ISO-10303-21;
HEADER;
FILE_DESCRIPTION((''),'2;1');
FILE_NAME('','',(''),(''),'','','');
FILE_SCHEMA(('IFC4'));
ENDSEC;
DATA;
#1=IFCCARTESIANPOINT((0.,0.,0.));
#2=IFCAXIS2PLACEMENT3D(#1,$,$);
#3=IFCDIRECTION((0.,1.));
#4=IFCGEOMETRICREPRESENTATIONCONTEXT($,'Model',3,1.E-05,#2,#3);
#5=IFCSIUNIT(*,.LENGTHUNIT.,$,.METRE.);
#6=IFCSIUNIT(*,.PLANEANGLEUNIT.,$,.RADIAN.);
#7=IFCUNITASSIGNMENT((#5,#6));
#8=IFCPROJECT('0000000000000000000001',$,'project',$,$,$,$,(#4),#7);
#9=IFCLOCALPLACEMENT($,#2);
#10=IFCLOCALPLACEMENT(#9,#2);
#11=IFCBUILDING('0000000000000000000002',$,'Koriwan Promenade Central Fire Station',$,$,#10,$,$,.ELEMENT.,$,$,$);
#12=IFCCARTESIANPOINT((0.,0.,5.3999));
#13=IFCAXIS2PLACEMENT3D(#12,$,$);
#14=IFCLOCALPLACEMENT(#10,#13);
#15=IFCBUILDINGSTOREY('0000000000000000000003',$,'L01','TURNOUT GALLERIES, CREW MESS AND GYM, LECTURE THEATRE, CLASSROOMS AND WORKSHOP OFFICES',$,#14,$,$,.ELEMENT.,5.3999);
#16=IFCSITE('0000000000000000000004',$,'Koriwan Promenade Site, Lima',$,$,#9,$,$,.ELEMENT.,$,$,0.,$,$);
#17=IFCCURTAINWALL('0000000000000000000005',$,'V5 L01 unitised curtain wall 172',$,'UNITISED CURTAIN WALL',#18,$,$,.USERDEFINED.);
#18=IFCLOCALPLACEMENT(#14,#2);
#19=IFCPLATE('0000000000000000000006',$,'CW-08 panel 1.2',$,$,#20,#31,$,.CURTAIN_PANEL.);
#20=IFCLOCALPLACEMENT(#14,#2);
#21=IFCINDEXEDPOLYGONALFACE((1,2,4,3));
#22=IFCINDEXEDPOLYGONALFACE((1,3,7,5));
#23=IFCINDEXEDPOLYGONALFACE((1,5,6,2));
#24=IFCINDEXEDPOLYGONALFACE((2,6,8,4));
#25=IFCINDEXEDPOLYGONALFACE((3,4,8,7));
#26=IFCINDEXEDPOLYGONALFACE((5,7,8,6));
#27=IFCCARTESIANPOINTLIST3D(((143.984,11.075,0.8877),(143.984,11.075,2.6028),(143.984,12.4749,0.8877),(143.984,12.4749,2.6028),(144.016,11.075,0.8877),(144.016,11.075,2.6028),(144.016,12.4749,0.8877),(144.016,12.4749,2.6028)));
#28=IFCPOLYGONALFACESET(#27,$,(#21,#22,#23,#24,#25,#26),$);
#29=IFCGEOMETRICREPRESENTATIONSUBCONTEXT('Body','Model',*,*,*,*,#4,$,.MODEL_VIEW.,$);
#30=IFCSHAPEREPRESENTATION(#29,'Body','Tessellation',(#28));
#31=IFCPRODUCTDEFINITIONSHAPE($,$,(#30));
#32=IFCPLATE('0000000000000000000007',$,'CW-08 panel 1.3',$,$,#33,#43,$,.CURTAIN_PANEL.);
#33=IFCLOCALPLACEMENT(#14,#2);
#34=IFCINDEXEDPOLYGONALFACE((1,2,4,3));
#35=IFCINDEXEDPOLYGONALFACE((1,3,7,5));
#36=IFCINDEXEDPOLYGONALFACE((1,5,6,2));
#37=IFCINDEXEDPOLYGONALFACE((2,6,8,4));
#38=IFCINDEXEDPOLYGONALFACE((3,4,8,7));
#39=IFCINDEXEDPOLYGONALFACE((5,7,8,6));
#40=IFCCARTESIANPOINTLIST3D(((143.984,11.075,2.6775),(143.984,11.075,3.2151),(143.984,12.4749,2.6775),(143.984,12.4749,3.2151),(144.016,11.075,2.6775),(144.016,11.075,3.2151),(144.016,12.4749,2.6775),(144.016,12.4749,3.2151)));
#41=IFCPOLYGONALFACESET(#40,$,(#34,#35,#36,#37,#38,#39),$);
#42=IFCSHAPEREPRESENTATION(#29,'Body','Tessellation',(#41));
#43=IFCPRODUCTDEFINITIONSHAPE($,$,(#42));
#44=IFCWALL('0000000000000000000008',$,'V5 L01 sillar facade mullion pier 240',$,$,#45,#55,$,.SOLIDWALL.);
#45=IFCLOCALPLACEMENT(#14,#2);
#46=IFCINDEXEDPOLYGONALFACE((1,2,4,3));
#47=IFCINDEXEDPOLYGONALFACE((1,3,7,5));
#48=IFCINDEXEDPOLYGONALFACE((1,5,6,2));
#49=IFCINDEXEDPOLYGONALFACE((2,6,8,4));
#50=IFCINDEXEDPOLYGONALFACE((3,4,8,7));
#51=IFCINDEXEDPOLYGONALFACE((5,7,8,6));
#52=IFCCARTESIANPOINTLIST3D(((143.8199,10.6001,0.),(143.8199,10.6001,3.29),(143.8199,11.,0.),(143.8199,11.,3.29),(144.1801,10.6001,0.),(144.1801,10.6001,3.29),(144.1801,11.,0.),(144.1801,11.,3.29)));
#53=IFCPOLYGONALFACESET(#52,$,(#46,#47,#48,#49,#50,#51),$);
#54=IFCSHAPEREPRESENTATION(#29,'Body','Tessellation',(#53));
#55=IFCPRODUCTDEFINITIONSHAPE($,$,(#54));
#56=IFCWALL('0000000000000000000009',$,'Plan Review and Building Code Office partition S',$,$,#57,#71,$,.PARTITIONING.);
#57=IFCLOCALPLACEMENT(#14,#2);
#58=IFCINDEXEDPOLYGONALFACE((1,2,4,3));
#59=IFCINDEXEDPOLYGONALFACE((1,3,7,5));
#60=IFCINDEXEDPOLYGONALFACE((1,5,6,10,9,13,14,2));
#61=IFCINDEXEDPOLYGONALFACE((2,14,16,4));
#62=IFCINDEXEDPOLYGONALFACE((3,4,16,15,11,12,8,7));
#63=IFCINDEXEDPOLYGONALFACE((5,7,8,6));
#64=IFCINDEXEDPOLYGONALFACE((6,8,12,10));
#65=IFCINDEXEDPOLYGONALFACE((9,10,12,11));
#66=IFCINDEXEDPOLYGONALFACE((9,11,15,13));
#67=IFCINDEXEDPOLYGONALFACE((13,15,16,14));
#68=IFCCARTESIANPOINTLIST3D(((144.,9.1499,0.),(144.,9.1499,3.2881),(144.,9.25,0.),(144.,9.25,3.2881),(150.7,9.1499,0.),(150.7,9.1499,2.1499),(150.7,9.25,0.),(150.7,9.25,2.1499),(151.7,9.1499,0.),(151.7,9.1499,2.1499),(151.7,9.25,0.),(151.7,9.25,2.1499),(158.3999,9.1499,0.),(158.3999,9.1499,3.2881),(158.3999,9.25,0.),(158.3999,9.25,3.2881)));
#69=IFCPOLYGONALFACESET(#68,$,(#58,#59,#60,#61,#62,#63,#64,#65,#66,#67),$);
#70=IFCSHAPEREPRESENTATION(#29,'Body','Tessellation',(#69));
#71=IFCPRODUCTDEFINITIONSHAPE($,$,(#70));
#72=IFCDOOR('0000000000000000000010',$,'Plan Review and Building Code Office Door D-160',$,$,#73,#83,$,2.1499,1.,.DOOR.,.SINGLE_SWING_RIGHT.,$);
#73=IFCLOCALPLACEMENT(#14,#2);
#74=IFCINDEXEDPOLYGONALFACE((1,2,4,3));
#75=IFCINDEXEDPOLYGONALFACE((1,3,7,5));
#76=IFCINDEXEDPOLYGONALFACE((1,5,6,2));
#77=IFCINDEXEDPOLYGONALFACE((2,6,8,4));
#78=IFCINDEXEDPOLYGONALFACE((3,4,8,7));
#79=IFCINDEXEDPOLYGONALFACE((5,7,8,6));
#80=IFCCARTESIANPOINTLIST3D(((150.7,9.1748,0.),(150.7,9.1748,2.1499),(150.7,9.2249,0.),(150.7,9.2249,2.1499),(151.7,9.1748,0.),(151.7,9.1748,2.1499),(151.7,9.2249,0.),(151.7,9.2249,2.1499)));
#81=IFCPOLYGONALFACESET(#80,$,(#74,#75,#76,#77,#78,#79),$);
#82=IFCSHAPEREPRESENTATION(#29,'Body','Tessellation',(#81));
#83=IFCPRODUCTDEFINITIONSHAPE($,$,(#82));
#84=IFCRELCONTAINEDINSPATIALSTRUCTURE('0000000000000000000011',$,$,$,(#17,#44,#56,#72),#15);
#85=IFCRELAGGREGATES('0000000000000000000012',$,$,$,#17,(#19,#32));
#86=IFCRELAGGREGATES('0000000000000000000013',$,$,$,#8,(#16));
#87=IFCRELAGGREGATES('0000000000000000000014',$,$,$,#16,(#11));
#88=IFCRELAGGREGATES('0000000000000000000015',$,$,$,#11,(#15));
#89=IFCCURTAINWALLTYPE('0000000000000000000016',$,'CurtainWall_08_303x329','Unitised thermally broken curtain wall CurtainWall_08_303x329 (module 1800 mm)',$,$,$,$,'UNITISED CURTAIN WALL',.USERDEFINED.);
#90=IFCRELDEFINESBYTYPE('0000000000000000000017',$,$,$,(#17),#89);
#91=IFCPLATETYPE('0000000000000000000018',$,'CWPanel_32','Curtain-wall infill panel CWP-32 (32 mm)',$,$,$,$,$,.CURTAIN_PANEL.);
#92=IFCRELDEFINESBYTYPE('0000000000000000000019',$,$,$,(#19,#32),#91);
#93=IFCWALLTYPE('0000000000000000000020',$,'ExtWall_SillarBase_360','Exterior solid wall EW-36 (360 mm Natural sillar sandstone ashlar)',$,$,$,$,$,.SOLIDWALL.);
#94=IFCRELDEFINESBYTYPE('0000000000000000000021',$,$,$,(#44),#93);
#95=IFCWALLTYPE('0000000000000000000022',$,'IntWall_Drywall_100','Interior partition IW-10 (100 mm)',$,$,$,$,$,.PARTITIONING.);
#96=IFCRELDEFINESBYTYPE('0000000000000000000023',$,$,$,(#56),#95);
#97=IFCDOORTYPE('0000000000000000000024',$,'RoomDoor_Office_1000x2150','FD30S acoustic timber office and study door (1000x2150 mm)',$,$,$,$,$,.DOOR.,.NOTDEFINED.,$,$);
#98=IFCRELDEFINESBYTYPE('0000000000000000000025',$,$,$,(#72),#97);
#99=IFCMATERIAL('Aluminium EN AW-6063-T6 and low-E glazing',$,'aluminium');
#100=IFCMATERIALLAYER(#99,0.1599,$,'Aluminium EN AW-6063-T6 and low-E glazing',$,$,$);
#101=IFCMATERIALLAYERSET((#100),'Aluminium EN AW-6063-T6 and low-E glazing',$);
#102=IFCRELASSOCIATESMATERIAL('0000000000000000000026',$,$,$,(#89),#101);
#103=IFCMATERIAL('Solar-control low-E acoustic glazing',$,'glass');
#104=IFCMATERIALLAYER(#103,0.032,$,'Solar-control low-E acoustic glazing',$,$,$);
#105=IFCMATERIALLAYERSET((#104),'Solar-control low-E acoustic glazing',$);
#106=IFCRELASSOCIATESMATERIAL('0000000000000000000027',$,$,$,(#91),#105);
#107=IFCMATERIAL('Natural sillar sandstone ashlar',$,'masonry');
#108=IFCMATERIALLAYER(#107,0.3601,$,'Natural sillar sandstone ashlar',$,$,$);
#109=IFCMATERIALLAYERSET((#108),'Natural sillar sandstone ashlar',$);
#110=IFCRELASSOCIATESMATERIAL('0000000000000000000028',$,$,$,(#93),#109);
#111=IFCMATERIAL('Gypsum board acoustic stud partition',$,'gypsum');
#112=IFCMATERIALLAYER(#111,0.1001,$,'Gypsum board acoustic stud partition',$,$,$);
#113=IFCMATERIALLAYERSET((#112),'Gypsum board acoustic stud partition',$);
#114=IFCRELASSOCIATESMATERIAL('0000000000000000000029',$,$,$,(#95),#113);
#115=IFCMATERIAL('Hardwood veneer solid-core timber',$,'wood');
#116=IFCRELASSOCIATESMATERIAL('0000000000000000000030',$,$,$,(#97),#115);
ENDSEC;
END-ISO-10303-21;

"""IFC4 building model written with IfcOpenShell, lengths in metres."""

from ifc_helpers import new_model, si_unit, direction, frame, frame_2d, origin, origin_2d, place, context, subcontext, project, spatial, rectangle, extrude, material, layer, layer_set, type_object, element, fill, aggregate, save


model = new_model("IFC4")

# Units and contexts
model_context = context("Model", 3, precision=1e-05, world=origin(), true_north=direction((0.0, 1.0)))
body_context = subcontext(model_context, "Body", "Model", "MODEL_VIEW")
ifc_project = project(units=[si_unit("LENGTHUNIT", "METRE"), si_unit("PLANEANGLEUNIT", "RADIAN")], contexts=[model_context])

# Site, building, storey
site_placement = place(None, origin())
site = spatial("IfcSite", under=ifc_project, at=site_placement, Name="Koriwan Promenade Site, Lima", CompositionType="ELEMENT", RefElevation=0.0)
building_placement = place(site_placement, origin())
building = spatial("IfcBuilding", under=site, at=building_placement, Name="Koriwan Promenade Central Fire Station", CompositionType="ELEMENT")
storey_placement = place(building_placement, frame((0.0, 0.0, 5.3999)))
storey = spatial("IfcBuildingStorey", under=building, at=storey_placement, Name="L01", Description="TURNOUT GALLERIES, CREW MESS AND GYM, LECTURE THEATRE, CLASSROOMS AND WORKSHOP OFFICES", CompositionType="ELEMENT", Elevation=5.3999)

# Curtain wall
ifc_material_1 = material(Name="Aluminium EN AW-6063-T6 and low-E glazing", Category="aluminium")
ifc_layer_1 = layer(ifc_material_1, 0.1599, Name="Aluminium EN AW-6063-T6 and low-E glazing")
ifc_layer_set_1 = layer_set([ifc_layer_1], Name="Aluminium EN AW-6063-T6 and low-E glazing")
curtain_wall_type_1 = type_object("IfcCurtainWallType", Name="CurtainWall_08_303x329", Description="Unitised thermally broken curtain wall CurtainWall_08_303x329 (module 1800 mm)", ElementType="UNITISED CURTAIN WALL", PredefinedType="USERDEFINED", material=ifc_layer_set_1)
curtain_wall_1_placement = place(storey_placement, origin())
curtain_wall_1 = element("IfcCurtainWall", 1, at=curtain_wall_1_placement, inside=storey, type_object=curtain_wall_type_1, Name="V5 L01 unitised curtain wall 172", ObjectType="UNITISED CURTAIN WALL", PredefinedType="USERDEFINED")

# Plates
ifc_material_2 = material(Name="Solar-control low-E acoustic glazing", Category="glass")
ifc_layer_2 = layer(ifc_material_2, 0.032, Name="Solar-control low-E acoustic glazing")
ifc_layer_set_2 = layer_set([ifc_layer_2], Name="Solar-control low-E acoustic glazing")
plate_type = type_object("IfcPlateType", Name="CWPanel_32", Description="Curtain-wall infill panel CWP-32 (32 mm)", PredefinedType="CURTAIN_PANEL", material=ifc_layer_set_2)
plate_1_placement = place(storey_placement, frame((144.0, 11.7749, 0.8877), z_axis=(0.0, 0.0, 1.0), x_axis=(0.0, 1.0, 0.0)))
plate_1 = element("IfcPlate", 2, at=plate_1_placement, type_object=plate_type, Name="CW-08 panel 1.2", PredefinedType="CURTAIN_PANEL", context=body_context, shape_type="SweptSolid", body=[
    extrude(rectangle(XDim=1.3999, YDim=0.032, at=origin_2d()), origin(), (0.0, 0.0, 1.0), 1.7151),
])
plate_2_placement = place(storey_placement, frame((144.0, 11.7749, 2.6775), z_axis=(0.0, 0.0, 1.0), x_axis=(0.0, 1.0, 0.0)))
plate_2 = element("IfcPlate", 3, at=plate_2_placement, type_object=plate_type, Name="CW-08 panel 1.3", PredefinedType="CURTAIN_PANEL", context=body_context, shape_type="SweptSolid", body=[
    extrude(rectangle(XDim=1.3999, YDim=0.032, at=origin_2d()), origin(), (0.0, 0.0, 1.0), 0.5376),
])
aggregate(curtain_wall_1, [plate_1, plate_2])

# Wall
ifc_material_3 = material(Name="Natural sillar sandstone ashlar", Category="masonry")
ifc_layer_3 = layer(ifc_material_3, 0.3601, Name="Natural sillar sandstone ashlar")
ifc_layer_set_3 = layer_set([ifc_layer_3], Name="Natural sillar sandstone ashlar")
wall_type_1 = type_object("IfcWallType", Name="ExtWall_SillarBase_360", Description="Exterior solid wall EW-36 (360 mm Natural sillar sandstone ashlar)", PredefinedType="SOLIDWALL", material=ifc_layer_set_3)
wall_1_placement = place(storey_placement, frame((144.0, 10.6001, 0.0), z_axis=(0.0, 0.0, 1.0), x_axis=(0.0, 1.0, 0.0)))
element("IfcWall", 4, at=wall_1_placement, inside=storey, type_object=wall_type_1, Name="V5 L01 sillar facade mullion pier 240", PredefinedType="SOLIDWALL", context=body_context, shape_type="SweptSolid", body=[
    extrude(rectangle(XDim=0.3999, YDim=0.3601, at=frame_2d((0.2, 0.0))), origin(), (0.0, 0.0, 1.0), 3.29),
])

# Wall, opening, door
ifc_material_4 = material(Name="Gypsum board acoustic stud partition", Category="gypsum")
ifc_layer_4 = layer(ifc_material_4, 0.1001, Name="Gypsum board acoustic stud partition")
ifc_layer_set_4 = layer_set([ifc_layer_4], Name="Gypsum board acoustic stud partition")
wall_type_2 = type_object("IfcWallType", Name="IntWall_Drywall_100", Description="Interior partition IW-10 (100 mm)", PredefinedType="PARTITIONING", material=ifc_layer_set_4)
wall_2_placement = place(storey_placement, frame((144.0, 9.2, 0.0), z_axis=(0.0, 0.0, 1.0), x_axis=(1.0, 0.0, 0.0)))
wall_2 = element("IfcWall", 5, at=wall_2_placement, inside=storey, type_object=wall_type_2, Name="Plan Review and Building Code Office partition S", PredefinedType="PARTITIONING", context=body_context, shape_type="SweptSolid", body=[
    extrude(rectangle(XDim=14.3999, YDim=0.1001, at=frame_2d((7.2, 0.0))), origin(), (0.0, 0.0, 1.0), 3.2881),
])
opening_placement = place(wall_2_placement, frame((6.7, 0.0, 0.0)))
opening = element("IfcOpeningElement", 6, at=opening_placement, cuts=wall_2, PredefinedType="OPENING", context=body_context, shape_type="SweptSolid", body=[
    extrude(rectangle(XDim=1.0, YDim=2.1499, at=frame_2d((0.5, 1.075))), frame((0.0, 0.062, 0.0), z_axis=(0.0, -1.0, 0.0), x_axis=(1.0, 0.0, 0.0)), (0.0, 0.0, 1.0), 0.124),
])
ifc_material_5 = material(Name="Hardwood veneer solid-core timber", Category="wood")
door_type = type_object("IfcDoorType", Name="RoomDoor_Office_1000x2150", Description="FD30S acoustic timber office and study door (1000x2150 mm)", OperationType="NOTDEFINED", PredefinedType="DOOR", material=ifc_material_5)
door_placement = place(opening_placement, origin())
door = element("IfcDoor", 7, at=door_placement, inside=storey, type_object=door_type, Name="Plan Review and Building Code Office Door D-160", OperationType="SINGLE_SWING_RIGHT", OverallHeight=2.1499, OverallWidth=1.0, PredefinedType="DOOR", context=body_context, shape_type="SweptSolid", body=[
    extrude(rectangle(XDim=1.0, YDim=2.1499, at=frame_2d((0.5, 1.075))), frame((0.0, 0.0249, 0.0), z_axis=(0.0, -1.0, 0.0), x_axis=(1.0, 0.0, 0.0)), (0.0, 0.0, 1.0), 0.05),
])
fill(opening, door)

save(model, "model.ifc")
